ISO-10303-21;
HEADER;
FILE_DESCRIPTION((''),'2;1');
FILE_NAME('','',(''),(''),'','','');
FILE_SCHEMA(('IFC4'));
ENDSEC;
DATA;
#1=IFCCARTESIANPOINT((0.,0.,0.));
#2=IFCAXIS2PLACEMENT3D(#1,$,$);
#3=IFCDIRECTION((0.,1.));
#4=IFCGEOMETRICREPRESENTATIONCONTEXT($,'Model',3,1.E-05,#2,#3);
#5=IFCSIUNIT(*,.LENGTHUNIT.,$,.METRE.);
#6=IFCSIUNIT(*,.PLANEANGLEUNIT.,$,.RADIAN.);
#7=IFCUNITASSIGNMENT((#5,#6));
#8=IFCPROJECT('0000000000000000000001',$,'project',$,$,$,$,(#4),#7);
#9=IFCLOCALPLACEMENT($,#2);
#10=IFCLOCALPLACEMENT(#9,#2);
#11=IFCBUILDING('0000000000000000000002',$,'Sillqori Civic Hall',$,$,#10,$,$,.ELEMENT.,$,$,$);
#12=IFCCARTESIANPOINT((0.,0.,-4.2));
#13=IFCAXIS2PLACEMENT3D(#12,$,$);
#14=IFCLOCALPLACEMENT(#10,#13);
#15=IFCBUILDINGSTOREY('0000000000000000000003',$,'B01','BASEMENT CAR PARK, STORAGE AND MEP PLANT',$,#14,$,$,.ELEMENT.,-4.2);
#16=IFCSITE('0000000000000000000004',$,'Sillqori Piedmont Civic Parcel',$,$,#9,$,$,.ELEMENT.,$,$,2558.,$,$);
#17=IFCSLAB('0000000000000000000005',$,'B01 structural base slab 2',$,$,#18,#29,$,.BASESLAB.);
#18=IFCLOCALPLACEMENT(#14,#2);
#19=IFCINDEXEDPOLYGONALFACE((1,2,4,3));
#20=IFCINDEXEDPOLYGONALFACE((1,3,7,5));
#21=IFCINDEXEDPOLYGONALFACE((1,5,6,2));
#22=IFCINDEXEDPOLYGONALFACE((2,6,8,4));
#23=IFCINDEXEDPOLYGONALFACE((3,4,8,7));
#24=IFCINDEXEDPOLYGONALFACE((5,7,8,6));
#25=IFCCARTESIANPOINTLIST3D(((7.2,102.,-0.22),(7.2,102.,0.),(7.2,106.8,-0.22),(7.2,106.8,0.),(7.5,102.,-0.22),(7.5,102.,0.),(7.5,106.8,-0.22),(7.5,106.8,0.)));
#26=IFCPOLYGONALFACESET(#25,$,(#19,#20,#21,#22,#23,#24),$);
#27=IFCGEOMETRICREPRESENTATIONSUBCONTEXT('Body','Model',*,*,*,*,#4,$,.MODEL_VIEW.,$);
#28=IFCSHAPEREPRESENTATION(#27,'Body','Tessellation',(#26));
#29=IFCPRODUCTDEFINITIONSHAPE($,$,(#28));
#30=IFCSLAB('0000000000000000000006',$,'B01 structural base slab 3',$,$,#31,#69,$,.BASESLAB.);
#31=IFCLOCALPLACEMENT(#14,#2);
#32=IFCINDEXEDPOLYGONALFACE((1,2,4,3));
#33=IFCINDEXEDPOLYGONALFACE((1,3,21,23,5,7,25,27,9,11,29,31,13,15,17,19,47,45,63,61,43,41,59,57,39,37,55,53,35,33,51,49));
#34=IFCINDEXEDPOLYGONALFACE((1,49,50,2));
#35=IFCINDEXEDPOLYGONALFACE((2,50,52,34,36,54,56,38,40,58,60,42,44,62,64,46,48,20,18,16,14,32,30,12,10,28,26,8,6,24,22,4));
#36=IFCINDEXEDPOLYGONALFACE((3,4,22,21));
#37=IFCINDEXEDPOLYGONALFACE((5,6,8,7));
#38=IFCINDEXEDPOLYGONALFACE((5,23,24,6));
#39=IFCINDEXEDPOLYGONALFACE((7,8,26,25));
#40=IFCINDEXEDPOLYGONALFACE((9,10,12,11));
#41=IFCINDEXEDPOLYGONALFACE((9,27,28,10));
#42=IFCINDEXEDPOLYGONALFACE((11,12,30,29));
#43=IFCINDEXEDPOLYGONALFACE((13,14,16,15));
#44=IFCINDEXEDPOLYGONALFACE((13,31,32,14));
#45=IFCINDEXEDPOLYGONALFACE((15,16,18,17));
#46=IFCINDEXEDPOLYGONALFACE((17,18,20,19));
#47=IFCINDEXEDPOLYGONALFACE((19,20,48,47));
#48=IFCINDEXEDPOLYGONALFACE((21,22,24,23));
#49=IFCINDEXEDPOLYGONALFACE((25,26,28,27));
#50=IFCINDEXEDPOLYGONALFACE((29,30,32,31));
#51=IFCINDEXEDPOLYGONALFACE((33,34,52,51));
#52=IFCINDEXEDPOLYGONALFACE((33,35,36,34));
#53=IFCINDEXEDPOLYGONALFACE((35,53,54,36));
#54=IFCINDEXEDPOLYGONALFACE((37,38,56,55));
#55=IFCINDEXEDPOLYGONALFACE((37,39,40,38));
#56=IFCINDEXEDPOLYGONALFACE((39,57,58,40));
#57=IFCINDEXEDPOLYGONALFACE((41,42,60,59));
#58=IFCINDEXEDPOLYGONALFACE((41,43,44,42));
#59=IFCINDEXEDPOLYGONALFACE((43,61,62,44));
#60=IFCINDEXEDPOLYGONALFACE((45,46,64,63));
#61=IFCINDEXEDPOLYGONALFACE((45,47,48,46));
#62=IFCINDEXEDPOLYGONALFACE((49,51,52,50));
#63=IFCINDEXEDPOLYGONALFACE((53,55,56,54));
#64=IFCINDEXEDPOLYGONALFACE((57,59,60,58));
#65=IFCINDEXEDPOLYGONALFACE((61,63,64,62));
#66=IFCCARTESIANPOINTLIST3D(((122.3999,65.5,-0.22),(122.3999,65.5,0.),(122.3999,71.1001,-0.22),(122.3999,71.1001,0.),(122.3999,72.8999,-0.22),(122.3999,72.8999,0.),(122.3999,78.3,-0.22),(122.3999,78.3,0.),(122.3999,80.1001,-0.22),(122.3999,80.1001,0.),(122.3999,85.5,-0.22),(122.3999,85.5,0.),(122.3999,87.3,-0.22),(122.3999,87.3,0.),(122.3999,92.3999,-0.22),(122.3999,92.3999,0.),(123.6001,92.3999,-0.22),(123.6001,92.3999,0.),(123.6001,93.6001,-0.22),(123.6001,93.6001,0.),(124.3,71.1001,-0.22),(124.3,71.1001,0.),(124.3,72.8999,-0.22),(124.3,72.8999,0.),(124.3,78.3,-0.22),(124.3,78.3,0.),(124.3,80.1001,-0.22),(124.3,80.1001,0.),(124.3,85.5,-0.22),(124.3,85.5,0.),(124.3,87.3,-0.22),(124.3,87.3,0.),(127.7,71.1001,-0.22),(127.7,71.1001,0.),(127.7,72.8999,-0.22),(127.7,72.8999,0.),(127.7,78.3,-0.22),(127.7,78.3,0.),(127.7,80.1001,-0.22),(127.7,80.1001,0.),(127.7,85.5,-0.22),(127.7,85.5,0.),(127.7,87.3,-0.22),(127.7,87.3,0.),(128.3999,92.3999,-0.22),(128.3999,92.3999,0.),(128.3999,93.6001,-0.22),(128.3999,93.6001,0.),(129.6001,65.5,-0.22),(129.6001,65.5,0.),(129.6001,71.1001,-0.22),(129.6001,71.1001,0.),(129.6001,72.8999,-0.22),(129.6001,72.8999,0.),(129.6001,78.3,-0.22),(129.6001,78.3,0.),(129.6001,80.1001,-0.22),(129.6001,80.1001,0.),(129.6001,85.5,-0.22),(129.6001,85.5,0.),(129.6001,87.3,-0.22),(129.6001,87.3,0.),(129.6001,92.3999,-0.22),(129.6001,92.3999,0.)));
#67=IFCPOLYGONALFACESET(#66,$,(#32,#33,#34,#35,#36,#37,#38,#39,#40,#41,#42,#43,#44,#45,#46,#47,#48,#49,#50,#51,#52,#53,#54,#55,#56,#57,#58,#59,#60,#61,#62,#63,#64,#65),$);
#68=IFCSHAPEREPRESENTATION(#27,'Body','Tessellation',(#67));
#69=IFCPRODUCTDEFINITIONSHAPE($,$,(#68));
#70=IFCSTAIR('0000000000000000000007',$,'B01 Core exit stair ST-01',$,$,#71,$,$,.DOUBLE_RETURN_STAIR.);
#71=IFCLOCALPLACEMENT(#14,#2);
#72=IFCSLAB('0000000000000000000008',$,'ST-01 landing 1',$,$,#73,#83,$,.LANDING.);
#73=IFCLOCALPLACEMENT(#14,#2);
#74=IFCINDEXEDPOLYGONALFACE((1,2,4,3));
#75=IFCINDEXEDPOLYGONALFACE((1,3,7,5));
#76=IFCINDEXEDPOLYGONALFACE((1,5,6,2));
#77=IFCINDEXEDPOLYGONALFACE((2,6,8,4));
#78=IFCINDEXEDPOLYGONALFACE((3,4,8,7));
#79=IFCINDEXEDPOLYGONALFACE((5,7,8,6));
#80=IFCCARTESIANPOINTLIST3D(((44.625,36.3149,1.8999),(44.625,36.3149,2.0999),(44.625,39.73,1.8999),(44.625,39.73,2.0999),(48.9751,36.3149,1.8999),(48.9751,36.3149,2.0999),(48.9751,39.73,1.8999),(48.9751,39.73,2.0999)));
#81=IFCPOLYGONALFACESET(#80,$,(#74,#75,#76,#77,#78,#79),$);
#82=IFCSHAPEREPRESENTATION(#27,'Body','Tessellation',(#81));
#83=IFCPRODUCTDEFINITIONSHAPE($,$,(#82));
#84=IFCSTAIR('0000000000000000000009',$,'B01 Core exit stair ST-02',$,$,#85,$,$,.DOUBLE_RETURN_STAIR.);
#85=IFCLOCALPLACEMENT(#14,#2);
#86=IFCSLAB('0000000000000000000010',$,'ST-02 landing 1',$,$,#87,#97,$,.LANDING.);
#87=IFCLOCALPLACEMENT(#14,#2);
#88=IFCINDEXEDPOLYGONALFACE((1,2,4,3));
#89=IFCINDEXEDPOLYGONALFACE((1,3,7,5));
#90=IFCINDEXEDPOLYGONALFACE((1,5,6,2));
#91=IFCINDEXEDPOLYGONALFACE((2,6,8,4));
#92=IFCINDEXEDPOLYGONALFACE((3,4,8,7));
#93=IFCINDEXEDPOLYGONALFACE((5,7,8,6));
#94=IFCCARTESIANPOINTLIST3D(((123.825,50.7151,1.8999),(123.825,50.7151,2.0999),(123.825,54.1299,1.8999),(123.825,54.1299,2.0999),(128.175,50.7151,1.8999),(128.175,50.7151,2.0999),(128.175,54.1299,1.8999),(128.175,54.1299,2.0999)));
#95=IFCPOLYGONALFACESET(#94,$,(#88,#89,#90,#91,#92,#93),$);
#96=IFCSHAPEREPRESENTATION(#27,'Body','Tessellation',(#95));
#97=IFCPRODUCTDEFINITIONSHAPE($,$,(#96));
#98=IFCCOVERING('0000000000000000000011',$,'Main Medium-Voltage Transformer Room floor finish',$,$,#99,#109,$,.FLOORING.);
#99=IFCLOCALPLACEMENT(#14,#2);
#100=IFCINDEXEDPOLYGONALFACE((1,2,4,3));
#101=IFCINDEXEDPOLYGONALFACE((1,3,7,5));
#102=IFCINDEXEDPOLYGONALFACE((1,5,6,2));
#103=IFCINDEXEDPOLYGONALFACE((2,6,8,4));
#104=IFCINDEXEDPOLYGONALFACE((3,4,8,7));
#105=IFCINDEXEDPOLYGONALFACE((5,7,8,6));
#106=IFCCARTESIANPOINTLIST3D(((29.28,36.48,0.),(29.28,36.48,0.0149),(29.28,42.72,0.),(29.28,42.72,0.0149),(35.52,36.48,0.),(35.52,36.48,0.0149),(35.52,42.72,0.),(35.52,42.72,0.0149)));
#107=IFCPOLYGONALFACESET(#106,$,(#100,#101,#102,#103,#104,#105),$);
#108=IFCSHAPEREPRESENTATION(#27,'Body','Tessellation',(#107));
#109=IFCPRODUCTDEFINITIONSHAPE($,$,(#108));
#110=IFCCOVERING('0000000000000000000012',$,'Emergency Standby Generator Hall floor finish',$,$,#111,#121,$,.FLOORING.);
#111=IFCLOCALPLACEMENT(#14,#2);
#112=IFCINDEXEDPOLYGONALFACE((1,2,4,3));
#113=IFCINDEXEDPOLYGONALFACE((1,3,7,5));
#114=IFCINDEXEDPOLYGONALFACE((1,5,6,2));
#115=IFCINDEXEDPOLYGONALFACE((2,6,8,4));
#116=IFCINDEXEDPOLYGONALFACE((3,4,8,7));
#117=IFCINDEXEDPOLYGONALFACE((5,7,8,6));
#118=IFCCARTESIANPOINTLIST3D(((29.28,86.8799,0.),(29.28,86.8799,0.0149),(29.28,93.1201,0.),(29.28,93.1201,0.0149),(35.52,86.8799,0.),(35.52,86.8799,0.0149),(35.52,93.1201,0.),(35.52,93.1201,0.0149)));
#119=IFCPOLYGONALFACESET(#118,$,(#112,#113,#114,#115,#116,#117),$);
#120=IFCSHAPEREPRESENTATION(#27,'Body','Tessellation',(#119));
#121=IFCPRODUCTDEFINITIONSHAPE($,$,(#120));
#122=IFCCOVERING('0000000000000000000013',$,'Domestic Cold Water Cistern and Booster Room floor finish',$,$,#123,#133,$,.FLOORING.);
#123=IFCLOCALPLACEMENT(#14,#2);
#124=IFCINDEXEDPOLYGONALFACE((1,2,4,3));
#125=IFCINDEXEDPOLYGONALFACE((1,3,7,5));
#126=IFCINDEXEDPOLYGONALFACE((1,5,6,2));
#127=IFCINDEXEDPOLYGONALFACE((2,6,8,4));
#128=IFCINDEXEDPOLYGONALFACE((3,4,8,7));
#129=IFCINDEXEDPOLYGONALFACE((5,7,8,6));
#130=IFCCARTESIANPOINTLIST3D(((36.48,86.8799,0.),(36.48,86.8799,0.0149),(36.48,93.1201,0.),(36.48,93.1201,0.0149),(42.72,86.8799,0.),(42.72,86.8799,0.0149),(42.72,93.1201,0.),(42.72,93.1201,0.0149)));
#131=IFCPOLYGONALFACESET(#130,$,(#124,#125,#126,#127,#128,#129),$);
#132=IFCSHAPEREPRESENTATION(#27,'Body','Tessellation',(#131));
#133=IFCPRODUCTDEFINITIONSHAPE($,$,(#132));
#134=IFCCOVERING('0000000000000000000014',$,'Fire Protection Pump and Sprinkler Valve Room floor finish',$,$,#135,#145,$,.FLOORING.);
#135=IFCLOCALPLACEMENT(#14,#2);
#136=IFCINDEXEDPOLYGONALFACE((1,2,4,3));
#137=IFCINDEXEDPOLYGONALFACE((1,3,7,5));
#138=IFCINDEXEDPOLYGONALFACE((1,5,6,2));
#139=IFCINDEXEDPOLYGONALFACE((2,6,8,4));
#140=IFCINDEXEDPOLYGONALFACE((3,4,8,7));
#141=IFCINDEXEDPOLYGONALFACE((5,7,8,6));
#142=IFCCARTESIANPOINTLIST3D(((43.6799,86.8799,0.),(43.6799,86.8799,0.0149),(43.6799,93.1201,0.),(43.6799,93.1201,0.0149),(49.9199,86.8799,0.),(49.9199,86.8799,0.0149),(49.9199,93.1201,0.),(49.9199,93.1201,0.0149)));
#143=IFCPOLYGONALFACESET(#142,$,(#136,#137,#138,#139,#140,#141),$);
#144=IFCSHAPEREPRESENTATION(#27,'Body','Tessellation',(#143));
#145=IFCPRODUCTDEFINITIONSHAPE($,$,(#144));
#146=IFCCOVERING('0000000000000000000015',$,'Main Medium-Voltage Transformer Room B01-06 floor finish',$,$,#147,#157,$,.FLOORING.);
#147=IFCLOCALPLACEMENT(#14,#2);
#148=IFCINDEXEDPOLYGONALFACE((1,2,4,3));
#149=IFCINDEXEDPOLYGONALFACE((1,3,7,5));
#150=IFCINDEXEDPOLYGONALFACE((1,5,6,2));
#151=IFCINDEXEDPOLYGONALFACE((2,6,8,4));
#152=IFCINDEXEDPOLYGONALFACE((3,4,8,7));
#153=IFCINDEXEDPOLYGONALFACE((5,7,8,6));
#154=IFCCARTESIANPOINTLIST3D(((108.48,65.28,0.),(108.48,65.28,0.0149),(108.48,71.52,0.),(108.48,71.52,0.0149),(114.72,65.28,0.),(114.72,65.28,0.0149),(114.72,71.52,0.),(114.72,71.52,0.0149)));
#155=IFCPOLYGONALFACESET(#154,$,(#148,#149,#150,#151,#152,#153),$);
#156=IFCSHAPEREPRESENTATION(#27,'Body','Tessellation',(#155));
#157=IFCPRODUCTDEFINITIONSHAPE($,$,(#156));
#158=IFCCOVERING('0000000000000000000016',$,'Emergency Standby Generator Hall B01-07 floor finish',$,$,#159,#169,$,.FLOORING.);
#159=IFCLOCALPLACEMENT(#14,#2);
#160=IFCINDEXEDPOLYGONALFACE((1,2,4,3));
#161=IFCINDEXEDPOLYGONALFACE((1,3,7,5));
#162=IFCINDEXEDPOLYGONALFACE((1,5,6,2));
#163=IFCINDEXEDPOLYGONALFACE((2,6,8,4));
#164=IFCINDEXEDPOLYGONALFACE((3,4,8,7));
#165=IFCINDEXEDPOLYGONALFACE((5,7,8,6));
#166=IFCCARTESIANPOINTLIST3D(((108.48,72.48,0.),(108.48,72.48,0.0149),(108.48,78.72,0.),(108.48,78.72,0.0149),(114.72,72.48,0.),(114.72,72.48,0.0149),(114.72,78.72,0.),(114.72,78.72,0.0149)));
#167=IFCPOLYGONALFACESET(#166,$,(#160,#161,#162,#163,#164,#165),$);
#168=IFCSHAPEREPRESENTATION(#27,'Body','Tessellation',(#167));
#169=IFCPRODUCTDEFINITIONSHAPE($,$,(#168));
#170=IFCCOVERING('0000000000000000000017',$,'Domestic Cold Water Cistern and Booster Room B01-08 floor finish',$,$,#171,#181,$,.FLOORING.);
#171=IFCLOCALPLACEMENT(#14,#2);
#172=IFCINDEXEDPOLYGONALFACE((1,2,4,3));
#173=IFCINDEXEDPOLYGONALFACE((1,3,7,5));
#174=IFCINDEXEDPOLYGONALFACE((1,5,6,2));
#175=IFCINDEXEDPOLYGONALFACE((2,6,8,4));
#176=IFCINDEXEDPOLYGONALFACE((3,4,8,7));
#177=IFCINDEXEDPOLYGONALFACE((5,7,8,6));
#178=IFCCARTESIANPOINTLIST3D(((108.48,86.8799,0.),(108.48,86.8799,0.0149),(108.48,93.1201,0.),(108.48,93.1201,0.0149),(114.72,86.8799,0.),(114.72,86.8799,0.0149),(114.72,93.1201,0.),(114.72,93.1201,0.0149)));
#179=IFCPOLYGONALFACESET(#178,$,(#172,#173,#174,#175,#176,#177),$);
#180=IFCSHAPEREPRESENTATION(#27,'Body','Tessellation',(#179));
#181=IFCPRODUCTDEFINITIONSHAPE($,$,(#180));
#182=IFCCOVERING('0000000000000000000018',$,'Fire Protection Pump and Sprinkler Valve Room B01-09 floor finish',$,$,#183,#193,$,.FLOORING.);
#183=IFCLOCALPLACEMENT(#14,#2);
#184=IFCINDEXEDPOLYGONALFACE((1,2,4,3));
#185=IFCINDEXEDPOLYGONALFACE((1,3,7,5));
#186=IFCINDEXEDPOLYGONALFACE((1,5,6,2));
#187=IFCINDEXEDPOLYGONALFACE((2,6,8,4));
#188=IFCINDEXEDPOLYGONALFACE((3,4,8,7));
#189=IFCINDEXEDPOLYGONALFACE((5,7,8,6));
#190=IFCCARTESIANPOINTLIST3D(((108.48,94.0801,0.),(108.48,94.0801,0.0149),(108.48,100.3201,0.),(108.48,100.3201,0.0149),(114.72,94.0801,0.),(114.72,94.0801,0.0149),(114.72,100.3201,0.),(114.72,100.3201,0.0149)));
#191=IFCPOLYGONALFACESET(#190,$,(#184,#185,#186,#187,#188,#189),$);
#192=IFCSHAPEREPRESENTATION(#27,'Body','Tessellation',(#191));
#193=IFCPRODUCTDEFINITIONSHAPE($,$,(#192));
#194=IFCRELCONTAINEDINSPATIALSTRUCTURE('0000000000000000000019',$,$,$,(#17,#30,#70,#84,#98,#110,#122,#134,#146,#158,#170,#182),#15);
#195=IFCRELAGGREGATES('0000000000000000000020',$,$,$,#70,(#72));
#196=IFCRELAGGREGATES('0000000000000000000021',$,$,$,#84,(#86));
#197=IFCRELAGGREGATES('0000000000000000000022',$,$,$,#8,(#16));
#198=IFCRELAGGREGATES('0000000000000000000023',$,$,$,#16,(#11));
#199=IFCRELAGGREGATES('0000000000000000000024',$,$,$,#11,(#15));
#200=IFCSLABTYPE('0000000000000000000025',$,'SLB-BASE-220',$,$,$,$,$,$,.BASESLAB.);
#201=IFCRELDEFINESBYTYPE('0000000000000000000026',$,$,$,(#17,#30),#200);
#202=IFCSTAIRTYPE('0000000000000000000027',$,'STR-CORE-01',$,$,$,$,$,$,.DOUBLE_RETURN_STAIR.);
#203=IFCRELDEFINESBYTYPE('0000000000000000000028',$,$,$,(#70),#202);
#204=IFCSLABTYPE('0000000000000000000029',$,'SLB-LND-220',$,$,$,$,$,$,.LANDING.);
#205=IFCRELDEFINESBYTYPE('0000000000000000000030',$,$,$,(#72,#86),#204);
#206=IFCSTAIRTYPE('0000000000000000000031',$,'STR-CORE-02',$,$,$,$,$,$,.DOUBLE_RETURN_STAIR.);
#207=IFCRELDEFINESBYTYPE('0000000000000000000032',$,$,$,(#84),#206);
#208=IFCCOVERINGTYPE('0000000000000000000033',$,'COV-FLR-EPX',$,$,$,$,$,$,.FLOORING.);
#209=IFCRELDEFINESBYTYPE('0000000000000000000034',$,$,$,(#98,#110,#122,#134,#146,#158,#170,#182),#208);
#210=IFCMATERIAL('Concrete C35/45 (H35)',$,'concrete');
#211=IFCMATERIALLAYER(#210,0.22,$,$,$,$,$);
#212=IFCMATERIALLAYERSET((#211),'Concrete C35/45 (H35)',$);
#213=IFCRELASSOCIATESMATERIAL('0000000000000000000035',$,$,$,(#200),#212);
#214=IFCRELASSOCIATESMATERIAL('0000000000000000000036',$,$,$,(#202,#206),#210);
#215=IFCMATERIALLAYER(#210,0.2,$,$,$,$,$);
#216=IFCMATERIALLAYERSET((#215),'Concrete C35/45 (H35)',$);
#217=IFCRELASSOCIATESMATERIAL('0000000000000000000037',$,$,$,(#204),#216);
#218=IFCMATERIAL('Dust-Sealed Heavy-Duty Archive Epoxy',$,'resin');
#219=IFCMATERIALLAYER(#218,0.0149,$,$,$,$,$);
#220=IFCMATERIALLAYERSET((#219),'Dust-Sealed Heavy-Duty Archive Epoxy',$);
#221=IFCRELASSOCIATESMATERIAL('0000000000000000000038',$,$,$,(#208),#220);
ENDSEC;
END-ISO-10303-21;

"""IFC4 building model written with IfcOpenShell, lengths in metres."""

from ifc_helpers import new_model, si_unit, direction, frame, origin, place, context, subcontext, project, spatial, polyline, outline, extrude, material, layer, layer_set, type_object, element, aggregate, save


model = new_model("IFC4")

# Units and contexts
model_context = context("Model", 3, precision=1e-05, world=origin(), true_north=direction((0.0, 1.0)))
body_context = subcontext(model_context, "Body", "Model", "MODEL_VIEW")
ifc_project = project(units=[si_unit("LENGTHUNIT", "METRE"), si_unit("PLANEANGLEUNIT", "RADIAN")], contexts=[model_context])

# Site, building, storey
site_placement = place(None, origin())
site = spatial("IfcSite", under=ifc_project, at=site_placement, Name="Sillqori Piedmont Civic Parcel", CompositionType="ELEMENT", RefElevation=2558.0)
building_placement = place(site_placement, origin())
building = spatial("IfcBuilding", under=site, at=building_placement, Name="Sillqori Civic Hall", CompositionType="ELEMENT")
storey_placement = place(building_placement, frame((0.0, 0.0, -4.2)))
storey = spatial("IfcBuildingStorey", under=building, at=storey_placement, Name="B01", Description="BASEMENT CAR PARK, STORAGE AND MEP PLANT", CompositionType="ELEMENT", Elevation=-4.2)

# Slabs
ifc_material_1 = material(Name="Concrete C35/45 (H35)", Category="concrete")
ifc_layer_1 = layer(ifc_material_1, 0.22)
ifc_layer_set_1 = layer_set([ifc_layer_1], Name="Concrete C35/45 (H35)")
slab_type_1 = type_object("IfcSlabType", Name="SLB-BASE-220", PredefinedType="BASESLAB", material=ifc_layer_set_1)
slab_1_placement = place(storey_placement, frame((0.0, 0.0, -0.22)))
element("IfcSlab", 1, at=slab_1_placement, inside=storey, type_object=slab_type_1, Name="B01 structural base slab 2", PredefinedType="BASESLAB", context=body_context, shape_type="SweptSolid", body=[
    extrude(outline(polyline([(7.2, 106.8), (7.5, 106.8), (7.5, 102.0), (7.2, 102.0), (7.2, 106.8)])), origin(), (0.0, 0.0, 1.0), 0.22),
])
slab_2_placement = place(storey_placement, frame((0.0, 0.0, -0.22)))
element("IfcSlab", 2, at=slab_2_placement, inside=storey, type_object=slab_type_1, Name="B01 structural base slab 3", PredefinedType="BASESLAB", context=body_context, shape_type="SweptSolid", body=[
    extrude(outline(polyline([(122.3999, 71.1001), (124.3, 71.1001), (124.3, 72.8999), (122.3999, 72.8999), (122.3999, 78.3), (124.3, 78.3), (124.3, 80.1001), (122.3999, 80.1001), (122.3999, 85.5), (124.3, 85.5), (124.3, 87.3), (122.3999, 87.3), (122.3999, 92.3999), (123.6001, 92.3999), (123.6001, 93.6001), (128.3999, 93.6001), (128.3999, 92.3999), (129.6001, 92.3999), (129.6001, 87.3), (127.7, 87.3), (127.7, 85.5), (129.6001, 85.5), (129.6001, 80.1001), (127.7, 80.1001), (127.7, 78.3), (129.6001, 78.3), (129.6001, 72.8999), (127.7, 72.8999), (127.7, 71.1001), (129.6001, 71.1001), (129.6001, 65.5), (122.3999, 65.5), (122.3999, 71.1001)])), origin(), (0.0, 0.0, 1.0), 0.22),
])

# Stairs, slabs
stair_type_1 = type_object("IfcStairType", Name="STR-CORE-01", PredefinedType="DOUBLE_RETURN_STAIR", material=ifc_material_1)
stair_1_placement = place(storey_placement, origin())
stair_1 = element("IfcStair", 3, at=stair_1_placement, inside=storey, type_object=stair_type_1, Name="B01 Core exit stair ST-01", PredefinedType="DOUBLE_RETURN_STAIR")
ifc_layer_2 = layer(ifc_material_1, 0.2)
ifc_layer_set_2 = layer_set([ifc_layer_2], Name="Concrete C35/45 (H35)")
slab_type_2 = type_object("IfcSlabType", Name="SLB-LND-220", PredefinedType="LANDING", material=ifc_layer_set_2)
slab_3_placement = place(storey_placement, frame((0.0, 0.0, 1.8999)))
slab_3 = element("IfcSlab", 4, at=slab_3_placement, type_object=slab_type_2, Name="ST-01 landing 1", PredefinedType="LANDING", context=body_context, shape_type="SweptSolid", body=[
    extrude(outline(polyline([(44.625, 39.73), (44.625, 36.3149), (48.9751, 36.3149), (48.9751, 39.73), (44.625, 39.73)])), origin(), (0.0, 0.0, 1.0), 0.2),
])
aggregate(stair_1, [slab_3])
stair_type_2 = type_object("IfcStairType", Name="STR-CORE-02", PredefinedType="DOUBLE_RETURN_STAIR", material=ifc_material_1)
stair_2_placement = place(storey_placement, origin())
stair_2 = element("IfcStair", 5, at=stair_2_placement, inside=storey, type_object=stair_type_2, Name="B01 Core exit stair ST-02", PredefinedType="DOUBLE_RETURN_STAIR")
slab_4_placement = place(storey_placement, frame((0.0, 0.0, 1.8999)))
slab_4 = element("IfcSlab", 6, at=slab_4_placement, type_object=slab_type_2, Name="ST-02 landing 1", PredefinedType="LANDING", context=body_context, shape_type="SweptSolid", body=[
    extrude(outline(polyline([(123.825, 54.1299), (123.825, 50.7151), (128.175, 50.7151), (128.175, 54.1299), (123.825, 54.1299)])), origin(), (0.0, 0.0, 1.0), 0.2),
])
aggregate(stair_2, [slab_4])

# Coverings
ifc_material_2 = material(Name="Dust-Sealed Heavy-Duty Archive Epoxy", Category="resin")
ifc_layer_3 = layer(ifc_material_2, 0.0149)
ifc_layer_set_3 = layer_set([ifc_layer_3], Name="Dust-Sealed Heavy-Duty Archive Epoxy")
covering_type_1 = type_object("IfcCoveringType", Name="COV-FLR-EPX", PredefinedType="FLOORING", material=ifc_layer_set_3)
covering_1_placement = place(storey_placement, origin())
element("IfcCovering", 7, at=covering_1_placement, inside=storey, type_object=covering_type_1, Name="Main Medium-Voltage Transformer Room floor finish", PredefinedType="FLOORING", context=body_context, shape_type="SweptSolid", body=[
    extrude(outline(polyline([(29.28, 36.48), (35.52, 36.48), (35.52, 42.72), (29.28, 42.72), (29.28, 36.48)])), origin(), (0.0, 0.0, 1.0), 0.0149),
])
covering_2_placement = place(storey_placement, origin())
element("IfcCovering", 8, at=covering_2_placement, inside=storey, type_object=covering_type_1, Name="Emergency Standby Generator Hall floor finish", PredefinedType="FLOORING", context=body_context, shape_type="SweptSolid", body=[
    extrude(outline(polyline([(29.28, 86.8799), (35.52, 86.8799), (35.52, 93.1201), (29.28, 93.1201), (29.28, 86.8799)])), origin(), (0.0, 0.0, 1.0), 0.0149),
])
covering_3_placement = place(storey_placement, origin())
element("IfcCovering", 9, at=covering_3_placement, inside=storey, type_object=covering_type_1, Name="Domestic Cold Water Cistern and Booster Room floor finish", PredefinedType="FLOORING", context=body_context, shape_type="SweptSolid", body=[
    extrude(outline(polyline([(36.48, 86.8799), (42.72, 86.8799), (42.72, 93.1201), (36.48, 93.1201), (36.48, 86.8799)])), origin(), (0.0, 0.0, 1.0), 0.0149),
])
covering_4_placement = place(storey_placement, origin())
element("IfcCovering", 10, at=covering_4_placement, inside=storey, type_object=covering_type_1, Name="Fire Protection Pump and Sprinkler Valve Room floor finish", PredefinedType="FLOORING", context=body_context, shape_type="SweptSolid", body=[
    extrude(outline(polyline([(43.6799, 86.8799), (49.9199, 86.8799), (49.9199, 93.1201), (43.6799, 93.1201), (43.6799, 86.8799)])), origin(), (0.0, 0.0, 1.0), 0.0149),
])
covering_5_placement = place(storey_placement, origin())
element("IfcCovering", 11, at=covering_5_placement, inside=storey, type_object=covering_type_1, Name="Main Medium-Voltage Transformer Room B01-06 floor finish", PredefinedType="FLOORING", context=body_context, shape_type="SweptSolid", body=[
    extrude(outline(polyline([(108.48, 65.28), (114.72, 65.28), (114.72, 71.52), (108.48, 71.52), (108.48, 65.28)])), origin(), (0.0, 0.0, 1.0), 0.0149),
])
covering_6_placement = place(storey_placement, origin())
element("IfcCovering", 12, at=covering_6_placement, inside=storey, type_object=covering_type_1, Name="Emergency Standby Generator Hall B01-07 floor finish", PredefinedType="FLOORING", context=body_context, shape_type="SweptSolid", body=[
    extrude(outline(polyline([(108.48, 72.48), (114.72, 72.48), (114.72, 78.72), (108.48, 78.72), (108.48, 72.48)])), origin(), (0.0, 0.0, 1.0), 0.0149),
])
covering_7_placement = place(storey_placement, origin())
element("IfcCovering", 13, at=covering_7_placement, inside=storey, type_object=covering_type_1, Name="Domestic Cold Water Cistern and Booster Room B01-08 floor finish", PredefinedType="FLOORING", context=body_context, shape_type="SweptSolid", body=[
    extrude(outline(polyline([(108.48, 86.8799), (114.72, 86.8799), (114.72, 93.1201), (108.48, 93.1201), (108.48, 86.8799)])), origin(), (0.0, 0.0, 1.0), 0.0149),
])
covering_8_placement = place(storey_placement, origin())
element("IfcCovering", 14, at=covering_8_placement, inside=storey, type_object=covering_type_1, Name="Fire Protection Pump and Sprinkler Valve Room B01-09 floor finish", PredefinedType="FLOORING", context=body_context, shape_type="SweptSolid", body=[
    extrude(outline(polyline([(108.48, 94.0801), (114.72, 94.0801), (114.72, 100.3201), (108.48, 100.3201), (108.48, 94.0801)])), origin(), (0.0, 0.0, 1.0), 0.0149),
])

save(model, "model.ifc")
